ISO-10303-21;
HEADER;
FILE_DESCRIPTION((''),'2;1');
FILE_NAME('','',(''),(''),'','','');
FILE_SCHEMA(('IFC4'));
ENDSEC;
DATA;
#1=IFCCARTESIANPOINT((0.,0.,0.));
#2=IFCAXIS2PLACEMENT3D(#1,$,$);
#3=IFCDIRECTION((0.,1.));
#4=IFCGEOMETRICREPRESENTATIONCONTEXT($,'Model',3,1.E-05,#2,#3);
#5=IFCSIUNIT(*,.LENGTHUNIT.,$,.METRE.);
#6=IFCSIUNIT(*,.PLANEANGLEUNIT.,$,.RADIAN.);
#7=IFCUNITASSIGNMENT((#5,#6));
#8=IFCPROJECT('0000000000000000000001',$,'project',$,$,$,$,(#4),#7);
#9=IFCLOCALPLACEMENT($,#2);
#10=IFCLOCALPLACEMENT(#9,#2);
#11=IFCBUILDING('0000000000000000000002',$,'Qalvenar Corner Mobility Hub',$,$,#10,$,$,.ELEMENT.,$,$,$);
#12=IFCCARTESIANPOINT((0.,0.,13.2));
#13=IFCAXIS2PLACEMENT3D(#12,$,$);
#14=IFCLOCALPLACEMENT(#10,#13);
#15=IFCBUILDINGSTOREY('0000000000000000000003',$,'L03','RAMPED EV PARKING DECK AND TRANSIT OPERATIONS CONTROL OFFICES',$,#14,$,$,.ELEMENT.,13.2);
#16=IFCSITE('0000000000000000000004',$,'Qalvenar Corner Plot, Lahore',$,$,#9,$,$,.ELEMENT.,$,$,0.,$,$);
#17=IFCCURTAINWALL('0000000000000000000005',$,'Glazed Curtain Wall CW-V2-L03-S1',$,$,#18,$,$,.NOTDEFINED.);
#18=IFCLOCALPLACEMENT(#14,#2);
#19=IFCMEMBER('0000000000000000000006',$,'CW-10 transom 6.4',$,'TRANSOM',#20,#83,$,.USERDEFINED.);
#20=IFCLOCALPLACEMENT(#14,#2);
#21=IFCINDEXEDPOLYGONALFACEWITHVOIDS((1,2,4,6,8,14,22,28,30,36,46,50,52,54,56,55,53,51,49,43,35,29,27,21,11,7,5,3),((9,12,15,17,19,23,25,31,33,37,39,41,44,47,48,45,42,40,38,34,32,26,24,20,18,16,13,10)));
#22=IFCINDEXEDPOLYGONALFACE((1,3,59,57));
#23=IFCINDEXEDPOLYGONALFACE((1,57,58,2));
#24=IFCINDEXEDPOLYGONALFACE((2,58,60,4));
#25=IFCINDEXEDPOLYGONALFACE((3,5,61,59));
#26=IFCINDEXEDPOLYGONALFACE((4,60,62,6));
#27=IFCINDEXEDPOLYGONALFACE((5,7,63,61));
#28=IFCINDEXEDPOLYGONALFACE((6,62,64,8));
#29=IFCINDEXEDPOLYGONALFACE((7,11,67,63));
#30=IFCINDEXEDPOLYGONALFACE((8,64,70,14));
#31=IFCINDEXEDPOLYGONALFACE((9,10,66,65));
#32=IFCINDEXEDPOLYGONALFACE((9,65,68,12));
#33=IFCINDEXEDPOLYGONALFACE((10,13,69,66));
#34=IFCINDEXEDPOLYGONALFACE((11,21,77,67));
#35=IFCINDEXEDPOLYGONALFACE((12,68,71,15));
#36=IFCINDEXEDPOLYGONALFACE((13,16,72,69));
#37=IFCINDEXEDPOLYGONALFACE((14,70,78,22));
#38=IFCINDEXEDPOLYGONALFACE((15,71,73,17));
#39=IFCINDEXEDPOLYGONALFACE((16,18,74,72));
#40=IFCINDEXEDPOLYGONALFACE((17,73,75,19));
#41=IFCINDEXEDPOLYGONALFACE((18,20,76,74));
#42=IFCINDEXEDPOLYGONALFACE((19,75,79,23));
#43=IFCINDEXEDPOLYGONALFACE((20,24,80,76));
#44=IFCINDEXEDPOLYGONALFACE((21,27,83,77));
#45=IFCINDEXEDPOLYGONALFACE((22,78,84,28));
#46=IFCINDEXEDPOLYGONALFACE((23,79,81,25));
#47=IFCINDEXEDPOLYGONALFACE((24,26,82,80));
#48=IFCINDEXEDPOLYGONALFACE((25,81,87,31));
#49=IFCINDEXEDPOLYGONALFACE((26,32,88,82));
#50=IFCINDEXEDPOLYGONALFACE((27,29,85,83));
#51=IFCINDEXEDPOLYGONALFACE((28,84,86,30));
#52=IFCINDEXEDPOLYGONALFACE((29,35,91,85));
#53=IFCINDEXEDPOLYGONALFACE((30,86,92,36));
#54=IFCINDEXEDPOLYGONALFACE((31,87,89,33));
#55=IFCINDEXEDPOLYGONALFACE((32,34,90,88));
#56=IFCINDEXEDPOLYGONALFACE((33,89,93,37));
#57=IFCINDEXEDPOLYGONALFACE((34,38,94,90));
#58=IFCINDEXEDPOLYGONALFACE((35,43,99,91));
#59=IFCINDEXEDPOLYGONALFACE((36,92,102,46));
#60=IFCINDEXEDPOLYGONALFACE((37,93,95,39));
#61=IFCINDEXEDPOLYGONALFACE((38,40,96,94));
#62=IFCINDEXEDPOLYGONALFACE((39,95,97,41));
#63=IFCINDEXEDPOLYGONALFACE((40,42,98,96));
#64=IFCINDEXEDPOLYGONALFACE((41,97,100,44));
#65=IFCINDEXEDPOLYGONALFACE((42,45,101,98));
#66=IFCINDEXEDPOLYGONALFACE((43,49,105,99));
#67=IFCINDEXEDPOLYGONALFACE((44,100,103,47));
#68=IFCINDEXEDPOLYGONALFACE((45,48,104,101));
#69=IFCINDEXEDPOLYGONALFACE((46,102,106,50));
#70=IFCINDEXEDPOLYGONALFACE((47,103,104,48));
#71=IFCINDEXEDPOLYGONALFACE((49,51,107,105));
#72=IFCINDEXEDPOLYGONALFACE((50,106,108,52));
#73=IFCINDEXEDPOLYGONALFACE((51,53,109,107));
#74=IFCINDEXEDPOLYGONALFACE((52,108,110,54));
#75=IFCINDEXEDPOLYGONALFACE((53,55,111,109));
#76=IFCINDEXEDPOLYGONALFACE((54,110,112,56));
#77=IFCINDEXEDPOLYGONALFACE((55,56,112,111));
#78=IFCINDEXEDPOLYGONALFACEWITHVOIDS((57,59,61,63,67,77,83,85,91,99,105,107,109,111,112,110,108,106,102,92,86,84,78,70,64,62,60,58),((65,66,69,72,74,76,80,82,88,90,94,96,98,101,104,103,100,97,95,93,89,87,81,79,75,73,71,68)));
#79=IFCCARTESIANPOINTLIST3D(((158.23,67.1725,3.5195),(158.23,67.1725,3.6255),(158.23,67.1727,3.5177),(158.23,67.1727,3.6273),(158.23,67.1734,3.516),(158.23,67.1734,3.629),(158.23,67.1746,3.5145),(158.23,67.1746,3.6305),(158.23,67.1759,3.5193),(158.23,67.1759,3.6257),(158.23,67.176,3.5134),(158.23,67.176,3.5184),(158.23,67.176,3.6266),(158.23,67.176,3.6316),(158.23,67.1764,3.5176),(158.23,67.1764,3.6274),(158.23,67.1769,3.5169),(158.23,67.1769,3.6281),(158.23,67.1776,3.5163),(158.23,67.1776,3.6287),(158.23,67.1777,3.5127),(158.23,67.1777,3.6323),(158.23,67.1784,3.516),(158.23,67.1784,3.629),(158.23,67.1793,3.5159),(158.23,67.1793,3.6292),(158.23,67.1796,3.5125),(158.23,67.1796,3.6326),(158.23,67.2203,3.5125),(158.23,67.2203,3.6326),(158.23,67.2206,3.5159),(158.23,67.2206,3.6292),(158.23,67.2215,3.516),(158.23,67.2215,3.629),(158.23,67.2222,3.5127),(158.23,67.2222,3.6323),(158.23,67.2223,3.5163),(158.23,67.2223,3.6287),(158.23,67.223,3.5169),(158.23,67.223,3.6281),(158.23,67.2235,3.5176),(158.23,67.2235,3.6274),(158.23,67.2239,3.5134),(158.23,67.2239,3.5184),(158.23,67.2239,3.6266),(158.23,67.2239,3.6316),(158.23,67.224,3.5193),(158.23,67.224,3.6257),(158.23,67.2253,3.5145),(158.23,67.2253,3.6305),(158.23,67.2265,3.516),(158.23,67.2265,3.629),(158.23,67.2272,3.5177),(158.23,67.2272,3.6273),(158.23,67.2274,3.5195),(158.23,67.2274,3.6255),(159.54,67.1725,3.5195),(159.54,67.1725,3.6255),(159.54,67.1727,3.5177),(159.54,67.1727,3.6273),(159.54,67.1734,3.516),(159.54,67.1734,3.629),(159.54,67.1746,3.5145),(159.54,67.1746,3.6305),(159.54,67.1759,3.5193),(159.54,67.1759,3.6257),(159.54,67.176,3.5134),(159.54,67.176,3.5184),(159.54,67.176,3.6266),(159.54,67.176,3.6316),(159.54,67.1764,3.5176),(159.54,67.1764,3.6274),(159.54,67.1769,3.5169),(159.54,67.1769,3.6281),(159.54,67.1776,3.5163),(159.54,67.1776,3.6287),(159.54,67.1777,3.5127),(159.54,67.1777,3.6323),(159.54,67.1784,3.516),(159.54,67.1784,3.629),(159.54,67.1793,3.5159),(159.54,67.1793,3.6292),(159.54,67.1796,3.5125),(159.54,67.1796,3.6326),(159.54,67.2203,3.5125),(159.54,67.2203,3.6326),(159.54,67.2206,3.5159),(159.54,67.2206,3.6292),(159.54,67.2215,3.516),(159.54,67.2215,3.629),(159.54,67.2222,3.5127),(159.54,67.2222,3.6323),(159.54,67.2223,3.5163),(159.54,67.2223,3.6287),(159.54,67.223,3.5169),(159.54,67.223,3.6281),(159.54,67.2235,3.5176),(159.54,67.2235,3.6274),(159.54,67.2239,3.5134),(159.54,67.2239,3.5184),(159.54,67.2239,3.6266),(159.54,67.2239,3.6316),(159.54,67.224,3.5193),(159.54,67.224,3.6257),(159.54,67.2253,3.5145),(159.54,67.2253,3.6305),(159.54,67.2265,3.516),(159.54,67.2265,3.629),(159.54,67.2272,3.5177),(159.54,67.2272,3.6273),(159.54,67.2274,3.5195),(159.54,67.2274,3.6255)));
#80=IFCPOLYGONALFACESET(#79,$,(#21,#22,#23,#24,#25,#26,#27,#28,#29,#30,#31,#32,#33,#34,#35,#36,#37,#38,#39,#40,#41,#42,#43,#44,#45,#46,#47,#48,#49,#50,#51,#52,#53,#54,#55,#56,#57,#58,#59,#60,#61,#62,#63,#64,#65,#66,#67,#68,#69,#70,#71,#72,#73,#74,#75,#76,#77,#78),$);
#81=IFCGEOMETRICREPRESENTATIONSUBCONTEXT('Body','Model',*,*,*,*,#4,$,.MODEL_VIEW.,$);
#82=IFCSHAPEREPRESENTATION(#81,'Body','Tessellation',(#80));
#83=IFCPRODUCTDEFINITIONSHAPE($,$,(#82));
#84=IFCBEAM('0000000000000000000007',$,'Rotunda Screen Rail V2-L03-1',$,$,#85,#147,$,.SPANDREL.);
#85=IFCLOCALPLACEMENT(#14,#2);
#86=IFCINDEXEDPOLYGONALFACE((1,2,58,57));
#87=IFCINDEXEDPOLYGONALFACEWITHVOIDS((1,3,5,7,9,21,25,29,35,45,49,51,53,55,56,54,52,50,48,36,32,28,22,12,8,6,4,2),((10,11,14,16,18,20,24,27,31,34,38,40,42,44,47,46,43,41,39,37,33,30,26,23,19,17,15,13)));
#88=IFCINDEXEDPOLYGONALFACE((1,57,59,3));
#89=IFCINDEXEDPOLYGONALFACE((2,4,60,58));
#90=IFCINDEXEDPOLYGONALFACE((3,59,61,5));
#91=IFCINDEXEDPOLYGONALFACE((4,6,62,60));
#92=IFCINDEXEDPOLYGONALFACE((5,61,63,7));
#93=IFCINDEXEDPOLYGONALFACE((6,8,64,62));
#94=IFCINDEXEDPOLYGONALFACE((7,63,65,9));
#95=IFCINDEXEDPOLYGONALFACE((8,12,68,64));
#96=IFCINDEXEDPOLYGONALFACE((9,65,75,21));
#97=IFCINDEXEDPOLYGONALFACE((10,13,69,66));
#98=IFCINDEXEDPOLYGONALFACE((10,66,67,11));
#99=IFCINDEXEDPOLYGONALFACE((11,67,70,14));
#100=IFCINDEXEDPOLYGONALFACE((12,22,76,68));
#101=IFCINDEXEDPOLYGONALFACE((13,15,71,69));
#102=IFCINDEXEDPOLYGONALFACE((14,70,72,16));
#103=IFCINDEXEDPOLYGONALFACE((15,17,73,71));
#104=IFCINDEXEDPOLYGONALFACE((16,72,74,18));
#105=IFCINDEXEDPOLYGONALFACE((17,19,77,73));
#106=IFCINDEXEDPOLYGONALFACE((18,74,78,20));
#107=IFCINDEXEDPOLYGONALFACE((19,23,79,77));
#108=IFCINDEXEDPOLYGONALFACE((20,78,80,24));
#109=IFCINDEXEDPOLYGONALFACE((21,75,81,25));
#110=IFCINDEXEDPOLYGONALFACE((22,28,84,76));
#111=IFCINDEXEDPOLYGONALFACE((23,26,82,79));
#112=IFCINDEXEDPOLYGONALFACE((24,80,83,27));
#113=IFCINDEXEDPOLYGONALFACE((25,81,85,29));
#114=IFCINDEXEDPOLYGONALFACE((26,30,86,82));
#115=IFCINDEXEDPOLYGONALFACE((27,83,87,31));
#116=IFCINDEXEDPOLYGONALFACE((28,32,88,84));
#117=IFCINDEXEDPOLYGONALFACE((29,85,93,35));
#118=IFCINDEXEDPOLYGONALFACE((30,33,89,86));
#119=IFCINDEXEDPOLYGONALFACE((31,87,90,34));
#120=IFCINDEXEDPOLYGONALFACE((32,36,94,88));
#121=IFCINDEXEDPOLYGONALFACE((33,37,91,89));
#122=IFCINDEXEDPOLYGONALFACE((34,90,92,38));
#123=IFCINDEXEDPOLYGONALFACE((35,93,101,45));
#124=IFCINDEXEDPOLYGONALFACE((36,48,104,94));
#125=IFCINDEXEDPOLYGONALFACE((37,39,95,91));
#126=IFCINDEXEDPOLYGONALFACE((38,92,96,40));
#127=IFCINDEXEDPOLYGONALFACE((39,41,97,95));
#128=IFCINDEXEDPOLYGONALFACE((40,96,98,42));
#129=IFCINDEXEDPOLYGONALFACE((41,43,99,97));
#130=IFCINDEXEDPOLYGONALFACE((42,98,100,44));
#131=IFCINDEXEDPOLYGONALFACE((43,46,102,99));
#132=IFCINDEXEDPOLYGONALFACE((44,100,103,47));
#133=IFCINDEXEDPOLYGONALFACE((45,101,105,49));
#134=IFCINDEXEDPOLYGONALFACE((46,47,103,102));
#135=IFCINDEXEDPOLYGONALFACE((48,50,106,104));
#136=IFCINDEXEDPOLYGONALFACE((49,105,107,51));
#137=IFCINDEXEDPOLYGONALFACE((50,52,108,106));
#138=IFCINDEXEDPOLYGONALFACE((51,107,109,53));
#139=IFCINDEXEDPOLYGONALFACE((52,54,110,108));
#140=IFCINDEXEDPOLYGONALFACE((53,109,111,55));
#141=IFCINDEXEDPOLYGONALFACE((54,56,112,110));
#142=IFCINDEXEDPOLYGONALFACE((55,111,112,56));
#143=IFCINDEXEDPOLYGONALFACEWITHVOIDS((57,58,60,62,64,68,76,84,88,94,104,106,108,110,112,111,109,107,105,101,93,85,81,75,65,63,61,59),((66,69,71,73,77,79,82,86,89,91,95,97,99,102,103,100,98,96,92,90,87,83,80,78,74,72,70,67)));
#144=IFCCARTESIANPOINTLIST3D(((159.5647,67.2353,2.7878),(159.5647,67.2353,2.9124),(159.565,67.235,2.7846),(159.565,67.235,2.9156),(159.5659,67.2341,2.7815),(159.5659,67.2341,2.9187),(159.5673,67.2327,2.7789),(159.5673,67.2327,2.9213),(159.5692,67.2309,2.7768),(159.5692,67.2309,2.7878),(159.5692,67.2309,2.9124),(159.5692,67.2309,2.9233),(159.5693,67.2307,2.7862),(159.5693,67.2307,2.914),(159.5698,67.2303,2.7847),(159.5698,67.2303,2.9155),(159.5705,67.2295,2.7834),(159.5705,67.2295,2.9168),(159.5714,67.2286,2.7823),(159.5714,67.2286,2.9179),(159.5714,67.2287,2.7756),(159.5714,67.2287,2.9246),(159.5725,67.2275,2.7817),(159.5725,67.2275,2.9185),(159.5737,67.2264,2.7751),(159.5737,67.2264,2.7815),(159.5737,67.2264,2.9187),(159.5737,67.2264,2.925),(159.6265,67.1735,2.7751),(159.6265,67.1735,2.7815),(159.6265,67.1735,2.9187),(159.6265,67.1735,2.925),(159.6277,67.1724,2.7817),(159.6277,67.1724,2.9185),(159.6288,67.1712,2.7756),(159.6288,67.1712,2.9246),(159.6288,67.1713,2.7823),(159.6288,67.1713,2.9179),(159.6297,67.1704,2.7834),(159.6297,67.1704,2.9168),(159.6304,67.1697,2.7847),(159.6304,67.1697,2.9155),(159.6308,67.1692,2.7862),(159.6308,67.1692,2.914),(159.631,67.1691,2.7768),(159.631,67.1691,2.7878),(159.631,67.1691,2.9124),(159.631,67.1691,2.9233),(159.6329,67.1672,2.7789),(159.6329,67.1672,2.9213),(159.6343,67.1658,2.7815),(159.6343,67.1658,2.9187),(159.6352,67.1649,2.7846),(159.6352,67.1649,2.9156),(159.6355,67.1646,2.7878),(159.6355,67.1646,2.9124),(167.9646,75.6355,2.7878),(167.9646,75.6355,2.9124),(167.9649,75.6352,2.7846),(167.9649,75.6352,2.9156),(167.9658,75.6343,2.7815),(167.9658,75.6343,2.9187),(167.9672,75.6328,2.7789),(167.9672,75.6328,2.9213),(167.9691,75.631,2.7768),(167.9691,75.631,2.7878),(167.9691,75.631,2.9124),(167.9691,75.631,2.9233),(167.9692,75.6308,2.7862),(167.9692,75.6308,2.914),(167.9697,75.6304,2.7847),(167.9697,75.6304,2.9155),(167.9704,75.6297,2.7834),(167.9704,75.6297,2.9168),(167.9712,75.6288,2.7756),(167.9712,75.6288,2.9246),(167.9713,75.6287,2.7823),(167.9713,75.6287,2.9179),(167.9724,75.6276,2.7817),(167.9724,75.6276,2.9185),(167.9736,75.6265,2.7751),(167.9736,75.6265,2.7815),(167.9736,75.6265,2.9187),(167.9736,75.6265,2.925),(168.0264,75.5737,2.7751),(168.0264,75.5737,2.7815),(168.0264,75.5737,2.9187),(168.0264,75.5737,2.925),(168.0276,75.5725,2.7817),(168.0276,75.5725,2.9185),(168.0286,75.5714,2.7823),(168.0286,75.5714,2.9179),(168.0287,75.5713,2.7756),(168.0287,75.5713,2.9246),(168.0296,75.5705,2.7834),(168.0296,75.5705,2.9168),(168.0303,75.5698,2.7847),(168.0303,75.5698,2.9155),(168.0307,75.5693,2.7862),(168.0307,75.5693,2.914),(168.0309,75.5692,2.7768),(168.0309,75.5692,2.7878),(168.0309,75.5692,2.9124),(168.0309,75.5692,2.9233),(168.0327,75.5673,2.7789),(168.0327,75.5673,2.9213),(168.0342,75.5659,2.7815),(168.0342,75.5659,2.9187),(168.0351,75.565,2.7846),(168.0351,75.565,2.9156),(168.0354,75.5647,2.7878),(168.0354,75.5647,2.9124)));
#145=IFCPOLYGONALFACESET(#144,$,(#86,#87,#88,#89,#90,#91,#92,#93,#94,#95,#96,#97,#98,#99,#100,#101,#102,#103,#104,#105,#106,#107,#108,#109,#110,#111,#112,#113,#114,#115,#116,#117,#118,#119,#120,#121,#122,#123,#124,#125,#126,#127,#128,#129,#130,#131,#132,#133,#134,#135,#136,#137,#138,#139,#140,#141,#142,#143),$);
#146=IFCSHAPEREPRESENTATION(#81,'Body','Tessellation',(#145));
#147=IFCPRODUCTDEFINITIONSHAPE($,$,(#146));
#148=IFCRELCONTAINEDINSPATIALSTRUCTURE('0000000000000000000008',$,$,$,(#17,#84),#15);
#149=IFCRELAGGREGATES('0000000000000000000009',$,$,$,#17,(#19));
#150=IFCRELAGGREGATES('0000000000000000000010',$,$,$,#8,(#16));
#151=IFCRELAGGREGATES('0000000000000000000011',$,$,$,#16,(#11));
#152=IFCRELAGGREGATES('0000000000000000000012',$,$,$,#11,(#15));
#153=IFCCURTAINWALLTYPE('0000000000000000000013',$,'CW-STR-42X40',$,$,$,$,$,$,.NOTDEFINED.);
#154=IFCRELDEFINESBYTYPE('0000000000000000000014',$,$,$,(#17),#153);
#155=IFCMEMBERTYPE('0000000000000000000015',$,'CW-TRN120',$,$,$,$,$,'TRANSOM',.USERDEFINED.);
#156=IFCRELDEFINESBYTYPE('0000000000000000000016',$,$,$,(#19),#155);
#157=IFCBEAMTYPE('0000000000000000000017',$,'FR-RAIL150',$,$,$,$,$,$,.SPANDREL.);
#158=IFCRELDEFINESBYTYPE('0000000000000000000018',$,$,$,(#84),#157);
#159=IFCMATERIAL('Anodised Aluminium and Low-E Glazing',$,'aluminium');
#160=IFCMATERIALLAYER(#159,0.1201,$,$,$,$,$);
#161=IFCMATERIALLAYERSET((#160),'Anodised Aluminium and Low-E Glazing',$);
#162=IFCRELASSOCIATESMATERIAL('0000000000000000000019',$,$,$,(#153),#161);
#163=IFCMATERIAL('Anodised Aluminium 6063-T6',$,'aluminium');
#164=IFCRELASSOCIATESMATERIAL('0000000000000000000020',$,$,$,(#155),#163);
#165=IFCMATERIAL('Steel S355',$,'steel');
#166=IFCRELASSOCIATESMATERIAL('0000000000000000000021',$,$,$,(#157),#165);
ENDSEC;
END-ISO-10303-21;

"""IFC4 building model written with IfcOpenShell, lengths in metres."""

from ifc_helpers import new_model, si_unit, direction, frame, origin, origin_2d, place, context, subcontext, project, spatial, hollow_rectangle, extrude, material, layer, layer_set, material_profile, profile_set, type_object, element, aggregate, save


model = new_model("IFC4")

# Units and contexts
model_context = context("Model", 3, precision=1e-05, world=origin(), true_north=direction((0.0, 1.0)))
body_context = subcontext(model_context, "Body", "Model", "MODEL_VIEW")
ifc_project = project(units=[si_unit("LENGTHUNIT", "METRE"), si_unit("PLANEANGLEUNIT", "RADIAN")], contexts=[model_context])

# Site, building, storey
site_placement = place(None, origin())
site = spatial("IfcSite", under=ifc_project, at=site_placement, Name="Qalvenar Corner Plot, Lahore", CompositionType="ELEMENT", RefElevation=0.0)
building_placement = place(site_placement, origin())
building = spatial("IfcBuilding", under=site, at=building_placement, Name="Qalvenar Corner Mobility Hub", CompositionType="ELEMENT")
storey_placement = place(building_placement, frame((0.0, 0.0, 13.2)))
storey = spatial("IfcBuildingStorey", under=building, at=storey_placement, Name="L03", Description="RAMPED EV PARKING DECK AND TRANSIT OPERATIONS CONTROL OFFICES", CompositionType="ELEMENT", Elevation=13.2)

# Shared definitions
ifc_material_1 = material(Name="Steel S355", Category="steel")

# Curtain wall, member
ifc_material_2 = material(Name="Anodised Aluminium and Low-E Glazing", Category="aluminium")
ifc_layer_1 = layer(ifc_material_2, 0.1201)
ifc_layer_set_1 = layer_set([ifc_layer_1], Name="Anodised Aluminium and Low-E Glazing")
curtain_wall_type = type_object("IfcCurtainWallType", Name="CW-STR-42X40", PredefinedType="NOTDEFINED", material=ifc_layer_set_1)
curtain_wall_placement = place(storey_placement, origin())
curtain_wall = element("IfcCurtainWall", 1, at=curtain_wall_placement, inside=storey, type_object=curtain_wall_type, Name="Glazed Curtain Wall CW-V2-L03-S1", PredefinedType="NOTDEFINED")
ifc_material_3 = material(Name="Anodised Aluminium 6063-T6", Category="aluminium")
ifc_material_profile_1 = material_profile(ifc_material_3, hollow_rectangle(XDim=0.0549, YDim=0.1201, WallThickness=0.0034, InnerFilletRadius=0.0034, OuterFilletRadius=0.0071, at=origin_2d()), Name="RHS120x55x3.5")
ifc_profile_set_1 = profile_set([ifc_material_profile_1], Name="Anodised Aluminium 6063-T6")
member_type_1 = type_object("IfcMemberType", Name="CW-TRN120", ElementType="TRANSOM", PredefinedType="USERDEFINED", material=ifc_profile_set_1)
member_1_placement = place(storey_placement, frame((158.23, 67.2, 3.5725), z_axis=(1.0, 0.0, 0.0), x_axis=(0.0, 1.0, 0.0)))
member_1 = element("IfcMember", 2, at=member_1_placement, type_object=member_type_1, Name="CW-10 transom 6.4", ObjectType="TRANSOM", PredefinedType="USERDEFINED", context=body_context, shape_type="SweptSolid", body=[
    extrude(hollow_rectangle(XDim=0.0549, YDim=0.1201, WallThickness=0.0034, InnerFilletRadius=0.0034, OuterFilletRadius=0.0071, at=origin_2d()), origin(), (0.0, 0.0, 1.0), 1.3101),
])

# Beam
ifc_material_profile_2 = material_profile(ifc_material_1, hollow_rectangle(XDim=0.1001, YDim=0.1499, WallThickness=0.0063, InnerFilletRadius=0.0063, OuterFilletRadius=0.0127, at=origin_2d()), Name="RHS150x100x6.3")
ifc_profile_set_2 = profile_set([ifc_material_profile_2], Name="Steel S355")
beam_type_1 = type_object("IfcBeamType", Name="FR-RAIL150", PredefinedType="SPANDREL", material=ifc_profile_set_2)
beam_1_placement = place(storey_placement, frame((159.6001, 67.2, 2.8501), z_axis=(0.707097, 0.707117, 0.0), x_axis=(-0.707117, 0.707097, 0.0)))
element("IfcBeam", 3, at=beam_1_placement, inside=storey, type_object=beam_type_1, Name="Rotunda Screen Rail V2-L03-1", PredefinedType="SPANDREL", context=body_context, shape_type="SweptSolid", body=[
    extrude(hollow_rectangle(XDim=0.1001, YDim=0.1499, WallThickness=0.0063, InnerFilletRadius=0.0063, OuterFilletRadius=0.0127, at=origin_2d()), origin(), (0.0, 0.0, 1.0), 11.8794),
])

aggregate(curtain_wall, [member_1])

save(model, "model.ifc")
